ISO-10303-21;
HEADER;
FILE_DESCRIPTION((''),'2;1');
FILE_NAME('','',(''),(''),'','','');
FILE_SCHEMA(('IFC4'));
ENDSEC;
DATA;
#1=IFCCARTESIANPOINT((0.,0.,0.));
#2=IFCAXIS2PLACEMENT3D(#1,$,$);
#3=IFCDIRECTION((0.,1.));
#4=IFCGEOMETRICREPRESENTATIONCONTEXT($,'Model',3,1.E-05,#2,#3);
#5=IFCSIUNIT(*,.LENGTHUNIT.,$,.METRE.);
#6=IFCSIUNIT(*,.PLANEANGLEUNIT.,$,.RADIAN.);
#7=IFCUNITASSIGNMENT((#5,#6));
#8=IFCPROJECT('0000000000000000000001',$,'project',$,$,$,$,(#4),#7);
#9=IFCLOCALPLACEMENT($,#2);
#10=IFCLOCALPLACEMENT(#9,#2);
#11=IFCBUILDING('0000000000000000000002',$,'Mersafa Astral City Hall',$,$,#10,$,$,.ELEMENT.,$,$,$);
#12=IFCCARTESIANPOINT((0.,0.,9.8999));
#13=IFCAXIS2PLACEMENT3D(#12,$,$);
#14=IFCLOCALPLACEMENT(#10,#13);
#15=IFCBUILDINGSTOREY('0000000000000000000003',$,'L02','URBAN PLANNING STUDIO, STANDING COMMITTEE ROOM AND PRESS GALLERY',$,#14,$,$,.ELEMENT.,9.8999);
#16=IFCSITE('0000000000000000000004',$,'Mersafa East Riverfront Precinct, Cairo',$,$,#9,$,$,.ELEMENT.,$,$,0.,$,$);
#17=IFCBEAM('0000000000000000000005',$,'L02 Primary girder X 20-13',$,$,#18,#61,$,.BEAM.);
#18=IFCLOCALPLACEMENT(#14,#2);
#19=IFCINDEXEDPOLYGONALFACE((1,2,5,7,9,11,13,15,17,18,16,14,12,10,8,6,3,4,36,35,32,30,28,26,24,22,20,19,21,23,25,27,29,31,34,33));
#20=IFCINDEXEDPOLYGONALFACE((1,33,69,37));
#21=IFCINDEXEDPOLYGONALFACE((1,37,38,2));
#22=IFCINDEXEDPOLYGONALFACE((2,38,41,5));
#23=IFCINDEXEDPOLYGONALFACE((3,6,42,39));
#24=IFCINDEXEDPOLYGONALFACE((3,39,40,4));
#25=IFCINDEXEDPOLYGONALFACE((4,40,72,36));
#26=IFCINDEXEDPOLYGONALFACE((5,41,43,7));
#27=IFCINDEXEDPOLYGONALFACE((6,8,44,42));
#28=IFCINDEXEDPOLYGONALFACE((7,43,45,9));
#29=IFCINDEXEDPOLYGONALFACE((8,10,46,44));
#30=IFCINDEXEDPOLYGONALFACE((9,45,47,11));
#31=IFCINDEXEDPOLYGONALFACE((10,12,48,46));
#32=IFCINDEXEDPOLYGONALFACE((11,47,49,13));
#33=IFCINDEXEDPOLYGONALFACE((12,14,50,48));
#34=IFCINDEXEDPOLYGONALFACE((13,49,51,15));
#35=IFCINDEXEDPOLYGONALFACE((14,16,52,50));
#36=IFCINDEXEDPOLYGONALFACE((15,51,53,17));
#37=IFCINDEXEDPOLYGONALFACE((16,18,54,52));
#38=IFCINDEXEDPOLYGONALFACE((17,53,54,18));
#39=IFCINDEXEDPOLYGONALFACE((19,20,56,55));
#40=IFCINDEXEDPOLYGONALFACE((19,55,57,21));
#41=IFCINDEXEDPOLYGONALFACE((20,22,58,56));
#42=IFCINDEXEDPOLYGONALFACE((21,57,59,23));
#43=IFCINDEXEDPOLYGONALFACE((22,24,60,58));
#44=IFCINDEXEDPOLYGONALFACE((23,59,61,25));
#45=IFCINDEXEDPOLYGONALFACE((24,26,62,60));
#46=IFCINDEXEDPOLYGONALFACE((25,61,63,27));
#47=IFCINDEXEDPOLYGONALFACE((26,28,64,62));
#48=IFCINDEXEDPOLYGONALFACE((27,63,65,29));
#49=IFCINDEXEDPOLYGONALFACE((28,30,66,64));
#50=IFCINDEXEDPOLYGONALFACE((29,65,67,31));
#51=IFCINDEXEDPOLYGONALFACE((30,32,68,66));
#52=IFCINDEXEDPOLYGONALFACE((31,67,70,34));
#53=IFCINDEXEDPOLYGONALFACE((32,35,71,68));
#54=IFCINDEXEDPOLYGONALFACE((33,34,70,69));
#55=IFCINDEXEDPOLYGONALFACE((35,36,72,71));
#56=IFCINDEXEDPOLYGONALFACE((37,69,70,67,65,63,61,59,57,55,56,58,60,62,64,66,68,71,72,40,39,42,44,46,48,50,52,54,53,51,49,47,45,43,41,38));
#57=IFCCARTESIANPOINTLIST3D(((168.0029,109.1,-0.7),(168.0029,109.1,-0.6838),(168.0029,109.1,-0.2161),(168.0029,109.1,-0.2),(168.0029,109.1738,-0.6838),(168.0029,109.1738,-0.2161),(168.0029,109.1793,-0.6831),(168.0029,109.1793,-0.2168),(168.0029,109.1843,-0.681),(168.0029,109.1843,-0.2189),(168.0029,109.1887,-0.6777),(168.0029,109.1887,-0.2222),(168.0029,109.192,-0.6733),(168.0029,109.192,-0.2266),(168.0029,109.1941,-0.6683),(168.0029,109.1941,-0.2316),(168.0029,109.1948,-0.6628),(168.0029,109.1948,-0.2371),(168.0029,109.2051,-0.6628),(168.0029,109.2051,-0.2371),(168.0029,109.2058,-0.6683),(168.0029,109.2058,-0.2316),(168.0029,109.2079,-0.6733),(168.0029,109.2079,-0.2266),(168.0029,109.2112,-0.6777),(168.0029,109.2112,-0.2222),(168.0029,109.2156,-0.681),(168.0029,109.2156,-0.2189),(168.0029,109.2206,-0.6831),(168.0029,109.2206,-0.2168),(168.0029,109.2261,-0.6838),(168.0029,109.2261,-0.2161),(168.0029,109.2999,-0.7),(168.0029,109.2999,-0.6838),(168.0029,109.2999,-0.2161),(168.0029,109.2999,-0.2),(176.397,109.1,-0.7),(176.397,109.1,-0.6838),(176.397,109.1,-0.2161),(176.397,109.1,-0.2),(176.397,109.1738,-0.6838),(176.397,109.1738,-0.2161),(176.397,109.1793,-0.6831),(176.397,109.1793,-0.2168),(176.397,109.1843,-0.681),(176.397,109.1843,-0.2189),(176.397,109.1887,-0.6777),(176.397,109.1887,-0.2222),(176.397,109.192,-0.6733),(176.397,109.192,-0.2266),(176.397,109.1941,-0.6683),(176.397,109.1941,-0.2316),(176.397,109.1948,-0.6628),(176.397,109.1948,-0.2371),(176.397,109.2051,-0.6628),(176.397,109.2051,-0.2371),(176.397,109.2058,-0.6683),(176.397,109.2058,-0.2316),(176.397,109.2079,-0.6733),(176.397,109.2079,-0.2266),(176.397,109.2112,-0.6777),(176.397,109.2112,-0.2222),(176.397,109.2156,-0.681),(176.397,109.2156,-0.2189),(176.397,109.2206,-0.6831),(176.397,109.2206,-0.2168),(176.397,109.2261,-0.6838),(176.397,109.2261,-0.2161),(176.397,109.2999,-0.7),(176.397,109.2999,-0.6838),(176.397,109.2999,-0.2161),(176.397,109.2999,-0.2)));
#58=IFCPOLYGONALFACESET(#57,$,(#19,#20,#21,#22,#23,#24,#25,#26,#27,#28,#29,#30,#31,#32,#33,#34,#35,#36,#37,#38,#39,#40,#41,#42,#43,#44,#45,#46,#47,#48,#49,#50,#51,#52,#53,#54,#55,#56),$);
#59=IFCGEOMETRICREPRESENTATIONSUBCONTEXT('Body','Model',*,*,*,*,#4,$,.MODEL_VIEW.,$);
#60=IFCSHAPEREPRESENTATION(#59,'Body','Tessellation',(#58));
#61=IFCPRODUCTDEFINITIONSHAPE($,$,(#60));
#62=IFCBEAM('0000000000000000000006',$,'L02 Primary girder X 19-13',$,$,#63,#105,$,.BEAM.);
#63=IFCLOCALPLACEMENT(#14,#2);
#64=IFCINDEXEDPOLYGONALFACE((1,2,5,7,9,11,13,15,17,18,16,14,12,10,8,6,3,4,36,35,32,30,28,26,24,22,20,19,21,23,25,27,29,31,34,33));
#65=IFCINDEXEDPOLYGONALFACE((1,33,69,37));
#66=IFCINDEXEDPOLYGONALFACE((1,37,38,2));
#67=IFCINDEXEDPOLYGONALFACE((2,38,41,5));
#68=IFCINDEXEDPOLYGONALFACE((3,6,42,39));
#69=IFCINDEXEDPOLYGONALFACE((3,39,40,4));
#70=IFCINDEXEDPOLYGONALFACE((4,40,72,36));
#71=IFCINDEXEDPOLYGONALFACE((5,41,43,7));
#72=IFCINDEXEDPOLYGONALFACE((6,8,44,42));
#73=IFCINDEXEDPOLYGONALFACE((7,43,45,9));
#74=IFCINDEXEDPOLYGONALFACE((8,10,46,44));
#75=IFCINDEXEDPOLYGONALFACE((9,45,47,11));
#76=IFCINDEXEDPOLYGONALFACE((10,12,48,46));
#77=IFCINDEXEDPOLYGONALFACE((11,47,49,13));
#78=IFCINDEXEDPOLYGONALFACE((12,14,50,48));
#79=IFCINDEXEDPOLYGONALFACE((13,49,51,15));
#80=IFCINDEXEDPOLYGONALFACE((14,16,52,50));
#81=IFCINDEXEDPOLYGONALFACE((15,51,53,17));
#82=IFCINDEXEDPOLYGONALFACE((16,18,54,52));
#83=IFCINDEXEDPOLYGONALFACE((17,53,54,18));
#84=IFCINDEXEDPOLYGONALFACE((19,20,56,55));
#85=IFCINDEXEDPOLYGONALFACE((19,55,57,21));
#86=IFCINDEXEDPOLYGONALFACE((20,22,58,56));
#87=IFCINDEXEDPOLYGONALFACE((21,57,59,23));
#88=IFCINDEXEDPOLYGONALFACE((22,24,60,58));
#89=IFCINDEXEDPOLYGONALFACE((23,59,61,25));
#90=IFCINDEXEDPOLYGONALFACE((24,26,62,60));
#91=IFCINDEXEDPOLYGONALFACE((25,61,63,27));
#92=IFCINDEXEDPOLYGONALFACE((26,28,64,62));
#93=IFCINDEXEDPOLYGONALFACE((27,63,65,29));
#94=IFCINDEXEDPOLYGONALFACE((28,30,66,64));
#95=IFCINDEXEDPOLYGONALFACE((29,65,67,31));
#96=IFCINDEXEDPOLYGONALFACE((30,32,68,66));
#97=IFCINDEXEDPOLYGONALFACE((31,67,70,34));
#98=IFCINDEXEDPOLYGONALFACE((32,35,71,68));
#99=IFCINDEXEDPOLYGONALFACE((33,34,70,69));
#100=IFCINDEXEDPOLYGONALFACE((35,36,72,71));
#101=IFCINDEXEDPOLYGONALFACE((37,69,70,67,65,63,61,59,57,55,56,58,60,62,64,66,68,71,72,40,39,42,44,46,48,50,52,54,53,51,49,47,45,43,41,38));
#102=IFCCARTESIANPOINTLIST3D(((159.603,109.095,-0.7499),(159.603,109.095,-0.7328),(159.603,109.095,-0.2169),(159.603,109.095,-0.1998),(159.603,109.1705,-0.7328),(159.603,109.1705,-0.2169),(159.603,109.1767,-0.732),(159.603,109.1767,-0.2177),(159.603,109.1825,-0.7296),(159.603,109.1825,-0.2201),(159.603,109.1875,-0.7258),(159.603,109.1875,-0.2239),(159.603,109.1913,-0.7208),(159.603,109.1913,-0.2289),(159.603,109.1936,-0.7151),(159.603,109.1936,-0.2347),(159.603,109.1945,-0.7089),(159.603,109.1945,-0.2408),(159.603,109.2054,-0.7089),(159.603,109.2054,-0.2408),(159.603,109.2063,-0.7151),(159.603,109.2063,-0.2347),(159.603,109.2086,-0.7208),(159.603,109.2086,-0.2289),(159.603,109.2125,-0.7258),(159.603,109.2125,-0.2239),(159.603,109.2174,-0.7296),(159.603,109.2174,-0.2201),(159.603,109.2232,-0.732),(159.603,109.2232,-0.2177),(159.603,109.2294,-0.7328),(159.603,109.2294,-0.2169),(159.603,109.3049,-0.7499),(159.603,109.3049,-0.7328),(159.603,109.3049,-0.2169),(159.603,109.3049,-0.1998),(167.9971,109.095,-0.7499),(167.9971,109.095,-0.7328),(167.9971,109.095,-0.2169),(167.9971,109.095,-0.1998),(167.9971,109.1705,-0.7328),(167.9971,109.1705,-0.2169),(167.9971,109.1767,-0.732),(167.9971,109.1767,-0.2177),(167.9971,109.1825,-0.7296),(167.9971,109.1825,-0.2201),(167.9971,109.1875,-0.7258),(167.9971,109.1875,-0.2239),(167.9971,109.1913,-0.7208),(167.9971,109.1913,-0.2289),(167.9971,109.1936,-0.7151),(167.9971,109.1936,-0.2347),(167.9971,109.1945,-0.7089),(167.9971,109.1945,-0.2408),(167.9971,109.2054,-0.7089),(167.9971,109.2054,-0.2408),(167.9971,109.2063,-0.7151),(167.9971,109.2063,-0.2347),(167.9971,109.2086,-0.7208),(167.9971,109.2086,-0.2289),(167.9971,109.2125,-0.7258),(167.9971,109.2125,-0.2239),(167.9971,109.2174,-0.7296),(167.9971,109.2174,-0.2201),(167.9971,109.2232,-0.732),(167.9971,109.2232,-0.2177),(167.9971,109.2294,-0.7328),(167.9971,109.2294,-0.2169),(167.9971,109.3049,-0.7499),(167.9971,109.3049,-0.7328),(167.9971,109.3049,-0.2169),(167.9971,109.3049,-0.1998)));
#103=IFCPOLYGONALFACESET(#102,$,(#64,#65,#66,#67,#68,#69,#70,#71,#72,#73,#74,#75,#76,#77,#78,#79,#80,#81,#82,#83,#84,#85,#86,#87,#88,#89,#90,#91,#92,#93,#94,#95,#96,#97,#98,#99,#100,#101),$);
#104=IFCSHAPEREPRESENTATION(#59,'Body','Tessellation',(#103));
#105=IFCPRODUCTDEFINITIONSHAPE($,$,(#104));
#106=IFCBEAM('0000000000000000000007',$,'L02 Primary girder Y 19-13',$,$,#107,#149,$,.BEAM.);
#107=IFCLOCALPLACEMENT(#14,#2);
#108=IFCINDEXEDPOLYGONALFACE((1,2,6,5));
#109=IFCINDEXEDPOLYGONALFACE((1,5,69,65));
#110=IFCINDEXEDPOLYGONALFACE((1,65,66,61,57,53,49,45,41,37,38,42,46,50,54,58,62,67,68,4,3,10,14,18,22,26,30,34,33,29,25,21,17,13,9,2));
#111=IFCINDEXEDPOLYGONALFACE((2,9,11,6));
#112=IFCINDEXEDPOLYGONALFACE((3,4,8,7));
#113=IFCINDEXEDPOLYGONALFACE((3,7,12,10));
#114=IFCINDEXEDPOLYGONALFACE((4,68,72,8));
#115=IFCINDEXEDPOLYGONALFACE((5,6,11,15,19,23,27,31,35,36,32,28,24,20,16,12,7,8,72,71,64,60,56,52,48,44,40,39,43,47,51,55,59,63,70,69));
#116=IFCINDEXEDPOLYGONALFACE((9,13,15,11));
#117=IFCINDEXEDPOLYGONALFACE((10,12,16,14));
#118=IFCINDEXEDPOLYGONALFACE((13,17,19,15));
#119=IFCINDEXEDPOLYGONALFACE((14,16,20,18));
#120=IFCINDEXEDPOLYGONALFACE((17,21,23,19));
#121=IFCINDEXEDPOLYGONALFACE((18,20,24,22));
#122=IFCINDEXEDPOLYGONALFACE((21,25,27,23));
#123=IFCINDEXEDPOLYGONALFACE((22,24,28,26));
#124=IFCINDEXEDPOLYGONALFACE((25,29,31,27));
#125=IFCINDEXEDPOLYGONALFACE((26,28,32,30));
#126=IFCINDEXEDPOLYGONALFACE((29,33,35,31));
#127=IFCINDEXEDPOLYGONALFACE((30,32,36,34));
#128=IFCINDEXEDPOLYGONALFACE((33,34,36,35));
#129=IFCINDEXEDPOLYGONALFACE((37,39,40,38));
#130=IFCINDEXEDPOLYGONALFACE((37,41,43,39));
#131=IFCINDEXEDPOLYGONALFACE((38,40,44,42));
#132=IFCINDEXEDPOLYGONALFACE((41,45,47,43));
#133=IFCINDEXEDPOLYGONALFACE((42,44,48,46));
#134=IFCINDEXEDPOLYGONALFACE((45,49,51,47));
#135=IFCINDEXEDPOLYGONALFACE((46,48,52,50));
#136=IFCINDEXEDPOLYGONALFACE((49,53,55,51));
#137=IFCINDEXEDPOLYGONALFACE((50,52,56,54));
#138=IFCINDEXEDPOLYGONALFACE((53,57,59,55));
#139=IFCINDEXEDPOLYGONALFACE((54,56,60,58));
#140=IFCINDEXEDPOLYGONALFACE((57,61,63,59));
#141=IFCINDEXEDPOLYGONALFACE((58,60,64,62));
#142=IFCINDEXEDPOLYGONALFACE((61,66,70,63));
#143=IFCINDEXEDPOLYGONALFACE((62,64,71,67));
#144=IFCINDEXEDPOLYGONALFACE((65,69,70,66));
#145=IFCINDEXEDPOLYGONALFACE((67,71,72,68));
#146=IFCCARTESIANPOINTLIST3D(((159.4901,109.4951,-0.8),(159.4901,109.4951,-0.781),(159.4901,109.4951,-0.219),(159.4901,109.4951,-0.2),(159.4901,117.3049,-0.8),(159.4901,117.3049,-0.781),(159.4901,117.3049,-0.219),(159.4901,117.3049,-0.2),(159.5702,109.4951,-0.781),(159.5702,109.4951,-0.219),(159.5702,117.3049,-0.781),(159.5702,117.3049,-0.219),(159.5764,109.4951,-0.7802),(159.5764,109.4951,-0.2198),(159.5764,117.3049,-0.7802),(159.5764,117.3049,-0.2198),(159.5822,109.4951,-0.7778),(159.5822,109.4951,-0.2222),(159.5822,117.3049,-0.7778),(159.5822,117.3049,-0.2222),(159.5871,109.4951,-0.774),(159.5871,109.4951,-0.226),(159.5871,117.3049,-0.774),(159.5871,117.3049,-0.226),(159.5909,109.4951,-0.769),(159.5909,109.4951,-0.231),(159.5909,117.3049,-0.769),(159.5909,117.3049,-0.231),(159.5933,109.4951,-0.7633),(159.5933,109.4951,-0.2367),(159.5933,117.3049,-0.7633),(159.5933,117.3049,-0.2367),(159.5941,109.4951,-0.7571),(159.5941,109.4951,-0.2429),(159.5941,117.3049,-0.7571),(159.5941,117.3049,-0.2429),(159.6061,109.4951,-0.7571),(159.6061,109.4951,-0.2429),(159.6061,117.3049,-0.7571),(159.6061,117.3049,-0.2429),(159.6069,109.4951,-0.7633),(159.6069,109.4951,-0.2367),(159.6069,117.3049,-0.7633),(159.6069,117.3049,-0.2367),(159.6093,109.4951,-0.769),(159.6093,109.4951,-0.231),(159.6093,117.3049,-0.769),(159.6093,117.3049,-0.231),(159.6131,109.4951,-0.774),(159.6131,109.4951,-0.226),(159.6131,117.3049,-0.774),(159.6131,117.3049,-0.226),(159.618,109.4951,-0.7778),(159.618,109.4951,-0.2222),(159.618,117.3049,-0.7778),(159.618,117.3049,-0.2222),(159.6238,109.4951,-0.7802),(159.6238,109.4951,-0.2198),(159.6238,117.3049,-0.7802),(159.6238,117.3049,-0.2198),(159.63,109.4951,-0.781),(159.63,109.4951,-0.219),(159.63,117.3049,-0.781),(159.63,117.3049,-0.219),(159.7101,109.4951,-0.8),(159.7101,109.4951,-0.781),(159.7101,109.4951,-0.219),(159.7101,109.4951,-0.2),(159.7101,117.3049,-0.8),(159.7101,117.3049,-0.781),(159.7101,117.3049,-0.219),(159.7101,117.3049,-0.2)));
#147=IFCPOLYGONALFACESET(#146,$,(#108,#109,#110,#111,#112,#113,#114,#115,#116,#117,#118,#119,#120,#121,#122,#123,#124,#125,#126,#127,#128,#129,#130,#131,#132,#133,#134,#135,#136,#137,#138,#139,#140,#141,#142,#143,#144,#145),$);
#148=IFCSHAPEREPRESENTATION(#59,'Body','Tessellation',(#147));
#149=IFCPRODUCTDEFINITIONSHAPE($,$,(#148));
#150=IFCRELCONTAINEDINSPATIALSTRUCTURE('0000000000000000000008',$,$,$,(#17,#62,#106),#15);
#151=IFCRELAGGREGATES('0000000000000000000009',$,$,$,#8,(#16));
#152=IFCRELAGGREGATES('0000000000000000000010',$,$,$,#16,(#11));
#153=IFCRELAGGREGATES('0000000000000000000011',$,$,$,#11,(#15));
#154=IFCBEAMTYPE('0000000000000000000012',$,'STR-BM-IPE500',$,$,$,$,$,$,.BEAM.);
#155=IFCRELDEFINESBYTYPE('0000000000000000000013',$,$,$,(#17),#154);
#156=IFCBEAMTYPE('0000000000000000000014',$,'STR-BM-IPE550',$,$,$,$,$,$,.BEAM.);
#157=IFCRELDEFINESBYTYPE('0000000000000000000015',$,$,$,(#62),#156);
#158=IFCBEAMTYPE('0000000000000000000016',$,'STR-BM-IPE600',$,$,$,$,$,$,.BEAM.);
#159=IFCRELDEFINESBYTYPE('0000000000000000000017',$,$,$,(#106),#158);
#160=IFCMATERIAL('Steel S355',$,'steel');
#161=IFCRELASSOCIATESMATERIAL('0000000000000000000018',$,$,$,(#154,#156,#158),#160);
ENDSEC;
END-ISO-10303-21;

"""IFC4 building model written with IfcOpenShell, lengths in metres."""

from ifc_helpers import new_model, si_unit, direction, frame, origin, origin_2d, place, context, subcontext, project, spatial, i_section, extrude, material, material_profile, profile_set, type_object, element, save


model = new_model("IFC4")

# Units and contexts
model_context = context("Model", 3, precision=1e-05, world=origin(), true_north=direction((0.0, 1.0)))
body_context = subcontext(model_context, "Body", "Model", "MODEL_VIEW")
ifc_project = project(units=[si_unit("LENGTHUNIT", "METRE"), si_unit("PLANEANGLEUNIT", "RADIAN")], contexts=[model_context])

# Site, building, storey
site_placement = place(None, origin())
site = spatial("IfcSite", under=ifc_project, at=site_placement, Name="Mersafa East Riverfront Precinct, Cairo", CompositionType="ELEMENT", RefElevation=0.0)
building_placement = place(site_placement, origin())
building = spatial("IfcBuilding", under=site, at=building_placement, Name="Mersafa Astral City Hall", CompositionType="ELEMENT")
storey_placement = place(building_placement, frame((0.0, 0.0, 9.8999)))
storey = spatial("IfcBuildingStorey", under=building, at=storey_placement, Name="L02", Description="URBAN PLANNING STUDIO, STANDING COMMITTEE ROOM AND PRESS GALLERY", CompositionType="ELEMENT", Elevation=9.8999)

# Shared definitions
ifc_material_1 = material(Name="Steel S355", Category="steel")

# Beams
ifc_material_profile_1 = material_profile(ifc_material_1, i_section(OverallWidth=0.2, OverallDepth=0.5, WebThickness=0.0103, FlangeThickness=0.0161, FilletRadius=0.021, at=origin_2d()), Name="IPE 500")
ifc_profile_set_1 = profile_set([ifc_material_profile_1], Name="Steel S355")
beam_type_1 = type_object("IfcBeamType", Name="STR-BM-IPE500", PredefinedType="BEAM", material=ifc_profile_set_1)
beam_1_placement = place(storey_placement, frame((168.0029, 109.2, -0.45), z_axis=(1.0, 0.0, 0.0), x_axis=(0.0, 1.0, 0.0)))
element("IfcBeam", 1, at=beam_1_placement, inside=storey, type_object=beam_type_1, Name="L02 Primary girder X 20-13", PredefinedType="BEAM", context=body_context, shape_type="SweptSolid", body=[
    extrude(i_section(OverallWidth=0.2, OverallDepth=0.5, WebThickness=0.0103, FlangeThickness=0.0161, FilletRadius=0.021, at=origin_2d()), origin(), (0.0, 0.0, 1.0), 8.394),
])
ifc_material_profile_2 = material_profile(ifc_material_1, i_section(OverallWidth=0.21, OverallDepth=0.55, WebThickness=0.011, FlangeThickness=0.0171, FilletRadius=0.0239, at=origin_2d()), Name="IPE 550")
ifc_profile_set_2 = profile_set([ifc_material_profile_2], Name="Steel S355")
beam_type_2 = type_object("IfcBeamType", Name="STR-BM-IPE550", PredefinedType="BEAM", material=ifc_profile_set_2)
beam_2_placement = place(storey_placement, frame((159.603, 109.2, -0.4749), z_axis=(1.0, 0.0, 0.0), x_axis=(0.0, 1.0, 0.0)))
element("IfcBeam", 2, at=beam_2_placement, inside=storey, type_object=beam_type_2, Name="L02 Primary girder X 19-13", PredefinedType="BEAM", context=body_context, shape_type="SweptSolid", body=[
    extrude(i_section(OverallWidth=0.21, OverallDepth=0.55, WebThickness=0.011, FlangeThickness=0.0171, FilletRadius=0.0239, at=origin_2d()), origin(), (0.0, 0.0, 1.0), 8.394),
])
ifc_material_profile_3 = material_profile(ifc_material_1, i_section(OverallWidth=0.22, OverallDepth=0.6001, WebThickness=0.012, FlangeThickness=0.019, FilletRadius=0.0239, at=origin_2d()), Name="IPE 600")
ifc_profile_set_3 = profile_set([ifc_material_profile_3], Name="Steel S355")
beam_type_3 = type_object("IfcBeamType", Name="STR-BM-IPE600", PredefinedType="BEAM", material=ifc_profile_set_3)
beam_3_placement = place(storey_placement, frame((159.6001, 109.4951, -0.5), z_axis=(0.0, 1.0, 0.0), x_axis=(-1.0, 0.0, 0.0)))
element("IfcBeam", 3, at=beam_3_placement, inside=storey, type_object=beam_type_3, Name="L02 Primary girder Y 19-13", PredefinedType="BEAM", context=body_context, shape_type="SweptSolid", body=[
    extrude(i_section(OverallWidth=0.22, OverallDepth=0.6001, WebThickness=0.012, FlangeThickness=0.019, FilletRadius=0.0239, at=origin_2d()), origin(), (0.0, 0.0, 1.0), 7.8098),
])

save(model, "model.ifc")
